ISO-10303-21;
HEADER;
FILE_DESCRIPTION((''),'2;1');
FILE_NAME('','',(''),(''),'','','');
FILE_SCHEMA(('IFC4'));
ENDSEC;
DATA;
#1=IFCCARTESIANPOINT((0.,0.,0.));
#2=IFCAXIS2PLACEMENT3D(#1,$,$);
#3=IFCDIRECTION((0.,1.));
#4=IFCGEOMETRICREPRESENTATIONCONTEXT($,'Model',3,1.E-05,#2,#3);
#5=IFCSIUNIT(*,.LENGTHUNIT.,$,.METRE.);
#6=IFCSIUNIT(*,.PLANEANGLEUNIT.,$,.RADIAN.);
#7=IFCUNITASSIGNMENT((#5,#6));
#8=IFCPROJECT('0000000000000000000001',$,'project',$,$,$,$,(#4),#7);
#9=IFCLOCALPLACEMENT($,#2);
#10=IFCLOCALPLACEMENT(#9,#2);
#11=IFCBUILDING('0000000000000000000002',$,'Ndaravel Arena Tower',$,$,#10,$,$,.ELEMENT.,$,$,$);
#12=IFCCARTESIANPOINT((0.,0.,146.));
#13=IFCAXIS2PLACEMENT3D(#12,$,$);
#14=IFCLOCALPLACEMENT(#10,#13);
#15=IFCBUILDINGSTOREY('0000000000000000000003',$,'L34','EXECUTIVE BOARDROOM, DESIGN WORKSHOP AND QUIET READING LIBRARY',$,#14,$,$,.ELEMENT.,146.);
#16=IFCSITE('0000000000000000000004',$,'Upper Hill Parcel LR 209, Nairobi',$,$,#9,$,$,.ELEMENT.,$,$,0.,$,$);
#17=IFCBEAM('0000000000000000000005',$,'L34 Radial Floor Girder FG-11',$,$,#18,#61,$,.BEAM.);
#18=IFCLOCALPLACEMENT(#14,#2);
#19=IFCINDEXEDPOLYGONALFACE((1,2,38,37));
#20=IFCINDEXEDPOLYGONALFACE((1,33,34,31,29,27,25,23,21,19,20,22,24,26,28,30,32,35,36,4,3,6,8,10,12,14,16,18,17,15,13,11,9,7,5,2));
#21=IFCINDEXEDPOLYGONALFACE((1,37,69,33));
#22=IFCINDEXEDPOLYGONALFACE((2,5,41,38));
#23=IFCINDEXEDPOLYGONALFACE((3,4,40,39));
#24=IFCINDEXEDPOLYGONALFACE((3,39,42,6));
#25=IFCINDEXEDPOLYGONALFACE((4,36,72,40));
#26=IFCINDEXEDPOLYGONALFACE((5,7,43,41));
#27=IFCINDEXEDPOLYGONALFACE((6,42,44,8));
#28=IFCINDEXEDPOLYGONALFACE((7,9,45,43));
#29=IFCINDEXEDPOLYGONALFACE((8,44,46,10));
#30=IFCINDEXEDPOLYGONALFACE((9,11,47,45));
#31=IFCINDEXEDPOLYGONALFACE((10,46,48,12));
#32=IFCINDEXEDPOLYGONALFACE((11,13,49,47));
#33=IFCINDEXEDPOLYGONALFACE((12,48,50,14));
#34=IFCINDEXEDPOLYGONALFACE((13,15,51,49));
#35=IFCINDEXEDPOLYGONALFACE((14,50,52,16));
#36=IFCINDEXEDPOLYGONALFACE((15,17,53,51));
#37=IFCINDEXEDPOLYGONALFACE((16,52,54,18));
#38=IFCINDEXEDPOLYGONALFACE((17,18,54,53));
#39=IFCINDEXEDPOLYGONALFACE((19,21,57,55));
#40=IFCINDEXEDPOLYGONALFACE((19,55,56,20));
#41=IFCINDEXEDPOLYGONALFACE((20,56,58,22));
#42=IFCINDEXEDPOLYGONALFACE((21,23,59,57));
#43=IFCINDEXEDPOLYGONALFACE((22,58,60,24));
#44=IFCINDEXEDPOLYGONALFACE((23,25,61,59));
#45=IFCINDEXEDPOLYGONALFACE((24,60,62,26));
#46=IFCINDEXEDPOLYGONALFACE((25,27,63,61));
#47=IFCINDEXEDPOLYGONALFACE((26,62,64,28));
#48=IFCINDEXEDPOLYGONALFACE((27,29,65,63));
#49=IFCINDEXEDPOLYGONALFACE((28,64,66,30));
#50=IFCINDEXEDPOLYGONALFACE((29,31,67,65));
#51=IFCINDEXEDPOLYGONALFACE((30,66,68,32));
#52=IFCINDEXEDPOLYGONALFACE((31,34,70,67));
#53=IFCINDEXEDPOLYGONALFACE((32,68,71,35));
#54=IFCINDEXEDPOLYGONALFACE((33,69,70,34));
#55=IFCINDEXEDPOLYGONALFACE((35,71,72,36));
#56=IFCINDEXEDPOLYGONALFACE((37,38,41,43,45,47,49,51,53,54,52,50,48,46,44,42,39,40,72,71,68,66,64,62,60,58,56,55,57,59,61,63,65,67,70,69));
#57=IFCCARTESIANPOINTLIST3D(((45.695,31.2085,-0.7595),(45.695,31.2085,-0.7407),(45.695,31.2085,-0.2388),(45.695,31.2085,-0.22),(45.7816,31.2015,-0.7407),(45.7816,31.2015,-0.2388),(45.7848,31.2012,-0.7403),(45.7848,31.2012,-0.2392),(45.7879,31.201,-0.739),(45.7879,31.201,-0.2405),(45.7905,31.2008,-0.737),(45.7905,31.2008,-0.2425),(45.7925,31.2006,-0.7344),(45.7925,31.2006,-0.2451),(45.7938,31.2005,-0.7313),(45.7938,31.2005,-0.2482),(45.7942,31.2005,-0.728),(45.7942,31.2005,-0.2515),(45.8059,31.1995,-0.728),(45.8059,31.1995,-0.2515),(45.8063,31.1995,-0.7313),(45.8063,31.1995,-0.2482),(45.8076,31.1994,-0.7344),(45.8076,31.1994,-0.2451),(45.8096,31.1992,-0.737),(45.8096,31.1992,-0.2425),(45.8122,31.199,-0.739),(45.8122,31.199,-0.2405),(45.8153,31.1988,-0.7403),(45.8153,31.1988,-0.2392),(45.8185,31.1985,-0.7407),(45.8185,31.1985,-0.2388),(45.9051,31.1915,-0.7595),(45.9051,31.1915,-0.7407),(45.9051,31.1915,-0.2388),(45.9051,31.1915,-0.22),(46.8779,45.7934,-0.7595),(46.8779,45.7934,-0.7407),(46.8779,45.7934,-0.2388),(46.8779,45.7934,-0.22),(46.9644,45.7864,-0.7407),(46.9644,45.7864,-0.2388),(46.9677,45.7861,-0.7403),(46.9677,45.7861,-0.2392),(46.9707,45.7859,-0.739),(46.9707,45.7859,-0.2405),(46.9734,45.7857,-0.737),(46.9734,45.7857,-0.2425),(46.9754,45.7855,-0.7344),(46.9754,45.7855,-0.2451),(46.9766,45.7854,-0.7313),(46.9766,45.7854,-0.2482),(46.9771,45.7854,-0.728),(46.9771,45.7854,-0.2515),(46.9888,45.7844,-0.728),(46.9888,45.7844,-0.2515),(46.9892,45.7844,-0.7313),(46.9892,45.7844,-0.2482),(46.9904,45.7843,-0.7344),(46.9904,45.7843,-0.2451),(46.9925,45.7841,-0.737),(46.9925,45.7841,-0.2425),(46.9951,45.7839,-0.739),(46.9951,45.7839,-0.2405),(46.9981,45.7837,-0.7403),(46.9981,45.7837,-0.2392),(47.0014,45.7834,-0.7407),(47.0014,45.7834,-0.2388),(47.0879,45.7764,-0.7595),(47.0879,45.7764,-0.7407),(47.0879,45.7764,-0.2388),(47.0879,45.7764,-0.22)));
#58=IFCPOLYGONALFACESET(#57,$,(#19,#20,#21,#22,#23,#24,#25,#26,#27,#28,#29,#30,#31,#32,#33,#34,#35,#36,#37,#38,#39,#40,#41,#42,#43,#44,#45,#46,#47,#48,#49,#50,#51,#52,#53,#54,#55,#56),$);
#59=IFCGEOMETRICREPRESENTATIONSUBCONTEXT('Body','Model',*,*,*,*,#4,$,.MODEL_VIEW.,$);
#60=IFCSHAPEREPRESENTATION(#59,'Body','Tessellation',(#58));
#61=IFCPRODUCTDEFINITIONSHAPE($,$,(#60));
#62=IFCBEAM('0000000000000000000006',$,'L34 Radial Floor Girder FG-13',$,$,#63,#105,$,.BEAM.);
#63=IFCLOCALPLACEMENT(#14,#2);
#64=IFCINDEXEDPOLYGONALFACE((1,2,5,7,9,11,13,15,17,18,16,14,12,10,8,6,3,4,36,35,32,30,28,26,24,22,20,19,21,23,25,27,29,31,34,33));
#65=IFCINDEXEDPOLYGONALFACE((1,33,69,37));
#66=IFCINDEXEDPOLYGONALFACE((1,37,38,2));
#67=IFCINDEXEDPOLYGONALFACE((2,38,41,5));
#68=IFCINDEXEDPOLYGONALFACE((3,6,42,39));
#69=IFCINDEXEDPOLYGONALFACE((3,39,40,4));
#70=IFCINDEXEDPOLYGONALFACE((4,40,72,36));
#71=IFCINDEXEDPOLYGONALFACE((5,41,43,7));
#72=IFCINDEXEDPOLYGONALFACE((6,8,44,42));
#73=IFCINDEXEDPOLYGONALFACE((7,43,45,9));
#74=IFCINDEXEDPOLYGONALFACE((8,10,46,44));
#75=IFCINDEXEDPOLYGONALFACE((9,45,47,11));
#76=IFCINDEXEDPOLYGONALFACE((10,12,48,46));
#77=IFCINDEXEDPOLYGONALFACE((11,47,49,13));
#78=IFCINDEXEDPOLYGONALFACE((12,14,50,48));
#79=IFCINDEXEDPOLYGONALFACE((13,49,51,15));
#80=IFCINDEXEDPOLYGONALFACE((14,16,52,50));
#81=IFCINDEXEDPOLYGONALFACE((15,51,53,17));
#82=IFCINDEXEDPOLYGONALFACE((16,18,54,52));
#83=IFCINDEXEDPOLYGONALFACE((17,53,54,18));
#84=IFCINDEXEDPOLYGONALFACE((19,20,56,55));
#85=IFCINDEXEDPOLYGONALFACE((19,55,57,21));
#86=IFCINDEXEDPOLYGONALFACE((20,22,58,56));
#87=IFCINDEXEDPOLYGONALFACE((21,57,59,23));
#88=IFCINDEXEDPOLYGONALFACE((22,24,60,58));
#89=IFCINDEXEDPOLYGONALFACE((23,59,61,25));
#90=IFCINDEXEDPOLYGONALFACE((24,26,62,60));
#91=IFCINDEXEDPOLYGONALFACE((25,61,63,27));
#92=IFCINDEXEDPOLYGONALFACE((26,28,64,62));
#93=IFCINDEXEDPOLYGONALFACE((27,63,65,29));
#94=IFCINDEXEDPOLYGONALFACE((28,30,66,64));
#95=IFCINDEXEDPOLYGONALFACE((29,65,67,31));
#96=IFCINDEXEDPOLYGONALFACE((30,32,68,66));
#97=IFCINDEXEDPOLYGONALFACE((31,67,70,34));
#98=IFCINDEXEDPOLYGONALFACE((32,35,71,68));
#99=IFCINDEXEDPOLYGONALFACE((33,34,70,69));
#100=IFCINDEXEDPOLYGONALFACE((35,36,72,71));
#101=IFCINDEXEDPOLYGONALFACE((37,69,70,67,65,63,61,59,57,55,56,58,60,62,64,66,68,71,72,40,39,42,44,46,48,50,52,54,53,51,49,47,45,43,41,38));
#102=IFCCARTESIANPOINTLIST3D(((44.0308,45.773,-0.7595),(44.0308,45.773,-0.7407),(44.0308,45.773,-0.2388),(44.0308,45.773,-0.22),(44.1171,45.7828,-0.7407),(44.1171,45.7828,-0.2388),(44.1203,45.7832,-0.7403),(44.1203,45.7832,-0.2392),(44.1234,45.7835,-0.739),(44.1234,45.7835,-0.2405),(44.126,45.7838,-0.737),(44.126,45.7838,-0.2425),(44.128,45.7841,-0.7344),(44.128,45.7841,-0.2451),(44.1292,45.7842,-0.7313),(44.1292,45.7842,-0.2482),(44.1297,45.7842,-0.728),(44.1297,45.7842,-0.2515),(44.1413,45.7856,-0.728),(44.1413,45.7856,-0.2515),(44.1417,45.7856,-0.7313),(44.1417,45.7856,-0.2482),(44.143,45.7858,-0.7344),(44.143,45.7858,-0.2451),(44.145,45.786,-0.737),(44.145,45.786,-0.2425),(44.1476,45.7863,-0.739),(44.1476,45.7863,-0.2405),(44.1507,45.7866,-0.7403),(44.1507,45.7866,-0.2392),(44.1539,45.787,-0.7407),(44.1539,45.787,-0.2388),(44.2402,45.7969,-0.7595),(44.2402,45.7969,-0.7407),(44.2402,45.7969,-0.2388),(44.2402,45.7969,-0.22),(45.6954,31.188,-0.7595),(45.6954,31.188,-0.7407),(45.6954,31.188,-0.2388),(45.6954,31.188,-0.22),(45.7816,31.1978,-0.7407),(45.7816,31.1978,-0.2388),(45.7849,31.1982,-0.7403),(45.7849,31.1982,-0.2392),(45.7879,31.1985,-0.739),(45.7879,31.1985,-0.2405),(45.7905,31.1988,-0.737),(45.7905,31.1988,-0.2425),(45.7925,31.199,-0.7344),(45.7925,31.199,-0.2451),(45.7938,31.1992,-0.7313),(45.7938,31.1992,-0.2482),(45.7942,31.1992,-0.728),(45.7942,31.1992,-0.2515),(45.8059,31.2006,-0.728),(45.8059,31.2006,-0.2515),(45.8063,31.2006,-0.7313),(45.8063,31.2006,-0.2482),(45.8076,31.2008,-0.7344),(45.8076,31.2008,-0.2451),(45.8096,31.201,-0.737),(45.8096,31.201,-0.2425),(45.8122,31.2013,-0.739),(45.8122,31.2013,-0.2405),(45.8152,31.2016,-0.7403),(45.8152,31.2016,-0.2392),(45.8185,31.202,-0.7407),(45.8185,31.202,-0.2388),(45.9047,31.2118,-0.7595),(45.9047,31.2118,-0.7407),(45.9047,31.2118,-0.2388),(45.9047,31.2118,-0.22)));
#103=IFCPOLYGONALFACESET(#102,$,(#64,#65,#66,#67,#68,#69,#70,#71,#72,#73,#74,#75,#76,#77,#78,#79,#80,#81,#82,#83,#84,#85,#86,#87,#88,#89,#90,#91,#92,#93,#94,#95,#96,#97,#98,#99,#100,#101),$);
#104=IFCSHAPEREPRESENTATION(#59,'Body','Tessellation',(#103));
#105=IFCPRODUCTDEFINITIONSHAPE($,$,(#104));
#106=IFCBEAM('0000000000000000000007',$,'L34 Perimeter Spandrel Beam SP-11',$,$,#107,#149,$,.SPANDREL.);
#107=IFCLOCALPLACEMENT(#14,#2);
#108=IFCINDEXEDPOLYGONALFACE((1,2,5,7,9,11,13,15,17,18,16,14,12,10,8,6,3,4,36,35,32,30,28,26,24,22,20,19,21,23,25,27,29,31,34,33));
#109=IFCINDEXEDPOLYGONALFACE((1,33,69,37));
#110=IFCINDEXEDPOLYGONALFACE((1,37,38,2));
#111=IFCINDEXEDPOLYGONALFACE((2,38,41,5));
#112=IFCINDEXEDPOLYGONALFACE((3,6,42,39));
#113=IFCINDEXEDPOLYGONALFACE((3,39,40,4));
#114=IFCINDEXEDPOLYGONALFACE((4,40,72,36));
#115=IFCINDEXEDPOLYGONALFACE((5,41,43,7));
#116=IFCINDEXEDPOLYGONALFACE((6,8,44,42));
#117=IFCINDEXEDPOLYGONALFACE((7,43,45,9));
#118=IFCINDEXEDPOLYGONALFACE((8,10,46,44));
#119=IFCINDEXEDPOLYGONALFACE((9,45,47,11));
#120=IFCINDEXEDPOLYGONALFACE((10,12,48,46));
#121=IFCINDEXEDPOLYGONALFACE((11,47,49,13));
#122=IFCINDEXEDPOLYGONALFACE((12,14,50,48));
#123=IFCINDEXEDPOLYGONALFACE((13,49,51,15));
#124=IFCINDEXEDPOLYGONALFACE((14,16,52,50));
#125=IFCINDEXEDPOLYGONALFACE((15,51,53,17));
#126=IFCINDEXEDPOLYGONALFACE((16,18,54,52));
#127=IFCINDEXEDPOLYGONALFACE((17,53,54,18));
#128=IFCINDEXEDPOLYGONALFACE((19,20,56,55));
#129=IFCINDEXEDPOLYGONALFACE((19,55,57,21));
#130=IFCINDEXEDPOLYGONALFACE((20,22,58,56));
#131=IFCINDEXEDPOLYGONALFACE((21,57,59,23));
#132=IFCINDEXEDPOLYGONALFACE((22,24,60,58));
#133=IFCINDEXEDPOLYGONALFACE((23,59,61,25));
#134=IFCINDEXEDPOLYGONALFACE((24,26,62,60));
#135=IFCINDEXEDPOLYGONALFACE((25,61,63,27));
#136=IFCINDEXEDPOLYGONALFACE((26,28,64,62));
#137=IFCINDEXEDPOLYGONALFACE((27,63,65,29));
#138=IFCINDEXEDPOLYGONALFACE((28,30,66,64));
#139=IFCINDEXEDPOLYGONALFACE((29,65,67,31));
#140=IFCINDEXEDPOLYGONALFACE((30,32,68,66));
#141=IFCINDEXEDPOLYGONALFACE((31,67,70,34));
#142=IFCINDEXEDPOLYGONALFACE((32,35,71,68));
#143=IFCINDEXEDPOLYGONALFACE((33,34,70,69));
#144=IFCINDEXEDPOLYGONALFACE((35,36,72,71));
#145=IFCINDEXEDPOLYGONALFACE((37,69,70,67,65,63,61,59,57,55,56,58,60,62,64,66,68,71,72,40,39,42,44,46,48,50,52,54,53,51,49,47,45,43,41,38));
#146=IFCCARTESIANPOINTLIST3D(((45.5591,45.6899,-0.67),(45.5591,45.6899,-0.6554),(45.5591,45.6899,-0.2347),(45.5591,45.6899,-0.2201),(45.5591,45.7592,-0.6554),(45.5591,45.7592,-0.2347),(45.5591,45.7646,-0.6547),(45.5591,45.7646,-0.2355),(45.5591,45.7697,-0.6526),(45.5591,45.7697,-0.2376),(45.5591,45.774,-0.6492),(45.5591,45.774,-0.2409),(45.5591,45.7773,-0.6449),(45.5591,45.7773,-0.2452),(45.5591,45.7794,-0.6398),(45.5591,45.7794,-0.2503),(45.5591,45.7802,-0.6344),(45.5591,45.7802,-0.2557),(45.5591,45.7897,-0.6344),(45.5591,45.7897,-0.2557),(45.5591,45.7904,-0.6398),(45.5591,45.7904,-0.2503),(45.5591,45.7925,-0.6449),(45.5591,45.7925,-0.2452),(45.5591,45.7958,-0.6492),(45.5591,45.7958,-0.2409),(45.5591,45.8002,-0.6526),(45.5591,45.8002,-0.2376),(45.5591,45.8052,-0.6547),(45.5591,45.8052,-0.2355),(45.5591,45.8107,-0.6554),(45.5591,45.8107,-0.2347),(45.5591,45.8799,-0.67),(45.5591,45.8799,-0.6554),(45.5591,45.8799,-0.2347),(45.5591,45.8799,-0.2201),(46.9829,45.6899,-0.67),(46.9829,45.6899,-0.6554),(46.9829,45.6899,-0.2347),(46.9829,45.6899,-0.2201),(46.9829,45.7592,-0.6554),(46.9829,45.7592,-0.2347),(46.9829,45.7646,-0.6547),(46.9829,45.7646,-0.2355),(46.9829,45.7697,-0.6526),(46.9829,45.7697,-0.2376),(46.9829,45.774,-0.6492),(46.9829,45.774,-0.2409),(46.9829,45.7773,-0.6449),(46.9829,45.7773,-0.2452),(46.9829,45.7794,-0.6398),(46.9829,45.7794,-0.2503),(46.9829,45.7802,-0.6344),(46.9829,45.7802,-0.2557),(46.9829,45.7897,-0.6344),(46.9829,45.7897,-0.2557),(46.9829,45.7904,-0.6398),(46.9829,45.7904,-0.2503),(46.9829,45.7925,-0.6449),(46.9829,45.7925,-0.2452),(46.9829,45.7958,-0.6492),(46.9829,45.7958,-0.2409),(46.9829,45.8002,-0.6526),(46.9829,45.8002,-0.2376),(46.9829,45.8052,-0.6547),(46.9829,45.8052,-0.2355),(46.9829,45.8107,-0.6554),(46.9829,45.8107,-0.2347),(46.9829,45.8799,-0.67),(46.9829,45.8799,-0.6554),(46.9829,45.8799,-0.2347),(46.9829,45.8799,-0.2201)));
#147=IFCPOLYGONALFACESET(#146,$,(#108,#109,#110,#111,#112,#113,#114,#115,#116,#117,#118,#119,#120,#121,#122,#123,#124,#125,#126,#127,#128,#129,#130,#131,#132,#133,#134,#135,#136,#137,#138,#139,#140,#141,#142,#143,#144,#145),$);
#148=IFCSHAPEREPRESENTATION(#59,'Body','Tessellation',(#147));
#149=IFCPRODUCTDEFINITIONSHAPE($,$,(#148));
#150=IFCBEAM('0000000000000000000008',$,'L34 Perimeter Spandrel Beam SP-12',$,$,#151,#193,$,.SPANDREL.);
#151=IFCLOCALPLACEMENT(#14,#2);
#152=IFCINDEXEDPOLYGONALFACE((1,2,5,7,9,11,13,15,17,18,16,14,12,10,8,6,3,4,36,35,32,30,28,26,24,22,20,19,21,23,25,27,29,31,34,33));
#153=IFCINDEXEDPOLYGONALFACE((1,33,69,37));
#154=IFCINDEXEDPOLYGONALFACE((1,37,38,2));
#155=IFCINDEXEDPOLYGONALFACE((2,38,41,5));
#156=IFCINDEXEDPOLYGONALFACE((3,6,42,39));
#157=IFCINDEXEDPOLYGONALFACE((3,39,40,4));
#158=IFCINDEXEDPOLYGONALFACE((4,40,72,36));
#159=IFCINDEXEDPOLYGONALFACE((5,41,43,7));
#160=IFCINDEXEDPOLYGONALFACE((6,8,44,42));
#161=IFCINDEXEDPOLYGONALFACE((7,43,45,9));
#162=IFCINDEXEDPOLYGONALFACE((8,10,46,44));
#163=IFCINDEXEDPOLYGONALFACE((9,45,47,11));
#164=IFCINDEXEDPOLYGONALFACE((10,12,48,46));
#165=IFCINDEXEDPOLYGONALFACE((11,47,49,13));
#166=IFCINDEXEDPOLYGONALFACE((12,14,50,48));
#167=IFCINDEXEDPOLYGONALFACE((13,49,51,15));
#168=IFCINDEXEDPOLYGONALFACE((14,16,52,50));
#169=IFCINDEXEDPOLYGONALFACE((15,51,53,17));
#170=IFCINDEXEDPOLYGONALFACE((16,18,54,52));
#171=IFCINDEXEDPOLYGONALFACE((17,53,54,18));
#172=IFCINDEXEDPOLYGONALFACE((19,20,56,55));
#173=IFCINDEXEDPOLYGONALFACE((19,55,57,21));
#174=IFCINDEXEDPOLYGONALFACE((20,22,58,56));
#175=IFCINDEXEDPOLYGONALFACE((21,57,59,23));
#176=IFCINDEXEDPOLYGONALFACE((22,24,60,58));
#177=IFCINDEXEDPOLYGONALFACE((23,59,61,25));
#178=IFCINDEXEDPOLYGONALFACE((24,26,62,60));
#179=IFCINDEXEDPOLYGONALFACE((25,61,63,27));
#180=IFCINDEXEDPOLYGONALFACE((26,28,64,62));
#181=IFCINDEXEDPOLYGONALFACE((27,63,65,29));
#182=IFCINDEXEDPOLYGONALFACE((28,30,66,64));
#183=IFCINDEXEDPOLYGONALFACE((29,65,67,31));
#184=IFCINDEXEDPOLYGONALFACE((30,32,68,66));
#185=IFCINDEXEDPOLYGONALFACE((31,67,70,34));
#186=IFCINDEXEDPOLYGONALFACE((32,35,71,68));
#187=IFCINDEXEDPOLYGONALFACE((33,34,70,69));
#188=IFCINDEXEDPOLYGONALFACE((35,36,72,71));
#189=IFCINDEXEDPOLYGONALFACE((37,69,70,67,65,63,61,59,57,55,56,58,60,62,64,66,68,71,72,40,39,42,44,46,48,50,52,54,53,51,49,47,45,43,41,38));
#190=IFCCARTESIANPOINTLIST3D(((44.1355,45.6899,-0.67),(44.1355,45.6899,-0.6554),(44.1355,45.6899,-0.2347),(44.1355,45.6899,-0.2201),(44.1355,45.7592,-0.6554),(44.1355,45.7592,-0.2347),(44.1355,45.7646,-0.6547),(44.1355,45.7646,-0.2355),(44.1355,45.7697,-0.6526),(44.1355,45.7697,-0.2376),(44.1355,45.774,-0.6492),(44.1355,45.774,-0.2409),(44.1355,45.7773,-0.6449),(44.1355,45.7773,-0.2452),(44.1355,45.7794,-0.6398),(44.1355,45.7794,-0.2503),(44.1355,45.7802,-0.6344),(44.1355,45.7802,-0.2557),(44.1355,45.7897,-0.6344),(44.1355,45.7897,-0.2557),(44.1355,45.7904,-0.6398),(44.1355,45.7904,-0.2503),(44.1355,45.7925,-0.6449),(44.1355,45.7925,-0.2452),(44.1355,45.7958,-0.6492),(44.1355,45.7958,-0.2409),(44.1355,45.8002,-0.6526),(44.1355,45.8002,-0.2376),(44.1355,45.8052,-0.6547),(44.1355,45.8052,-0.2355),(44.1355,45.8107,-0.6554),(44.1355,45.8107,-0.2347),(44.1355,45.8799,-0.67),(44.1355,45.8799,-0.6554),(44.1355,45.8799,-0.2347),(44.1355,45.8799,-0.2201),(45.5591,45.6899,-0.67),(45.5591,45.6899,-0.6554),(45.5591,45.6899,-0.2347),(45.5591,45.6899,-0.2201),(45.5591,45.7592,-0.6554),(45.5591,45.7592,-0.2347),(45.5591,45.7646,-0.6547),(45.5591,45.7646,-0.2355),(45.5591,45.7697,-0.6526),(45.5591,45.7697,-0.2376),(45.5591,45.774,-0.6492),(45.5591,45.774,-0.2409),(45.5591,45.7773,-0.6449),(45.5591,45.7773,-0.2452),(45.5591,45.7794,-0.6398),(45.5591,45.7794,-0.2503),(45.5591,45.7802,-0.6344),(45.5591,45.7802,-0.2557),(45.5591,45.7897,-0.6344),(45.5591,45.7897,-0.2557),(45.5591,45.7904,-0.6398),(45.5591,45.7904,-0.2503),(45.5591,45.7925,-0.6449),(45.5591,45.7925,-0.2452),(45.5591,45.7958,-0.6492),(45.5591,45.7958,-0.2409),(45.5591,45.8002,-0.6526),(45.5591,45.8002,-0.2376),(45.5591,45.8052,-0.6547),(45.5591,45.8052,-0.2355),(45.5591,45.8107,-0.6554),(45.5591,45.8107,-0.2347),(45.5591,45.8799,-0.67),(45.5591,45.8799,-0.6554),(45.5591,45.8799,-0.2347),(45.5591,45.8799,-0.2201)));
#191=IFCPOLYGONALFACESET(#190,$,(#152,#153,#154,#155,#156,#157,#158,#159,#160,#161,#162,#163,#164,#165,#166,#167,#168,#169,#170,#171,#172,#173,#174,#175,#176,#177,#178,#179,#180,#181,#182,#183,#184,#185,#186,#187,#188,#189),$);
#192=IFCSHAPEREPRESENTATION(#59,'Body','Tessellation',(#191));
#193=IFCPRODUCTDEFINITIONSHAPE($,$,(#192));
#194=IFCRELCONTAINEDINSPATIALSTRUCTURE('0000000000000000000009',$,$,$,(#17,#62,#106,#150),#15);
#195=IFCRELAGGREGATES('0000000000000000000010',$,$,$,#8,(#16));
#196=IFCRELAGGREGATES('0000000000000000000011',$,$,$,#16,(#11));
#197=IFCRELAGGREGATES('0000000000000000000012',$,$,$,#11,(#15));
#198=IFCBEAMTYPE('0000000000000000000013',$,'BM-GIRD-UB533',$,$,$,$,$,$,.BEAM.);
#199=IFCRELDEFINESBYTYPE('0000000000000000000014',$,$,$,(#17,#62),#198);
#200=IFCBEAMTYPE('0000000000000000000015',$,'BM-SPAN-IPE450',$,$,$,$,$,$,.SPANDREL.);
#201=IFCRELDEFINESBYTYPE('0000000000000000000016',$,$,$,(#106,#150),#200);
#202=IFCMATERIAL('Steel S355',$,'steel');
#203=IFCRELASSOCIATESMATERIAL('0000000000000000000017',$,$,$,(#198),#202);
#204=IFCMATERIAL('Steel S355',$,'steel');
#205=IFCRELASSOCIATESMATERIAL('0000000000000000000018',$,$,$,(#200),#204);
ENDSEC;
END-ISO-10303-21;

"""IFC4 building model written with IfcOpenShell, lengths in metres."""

from ifc_helpers import new_model, si_unit, direction, frame, origin, origin_2d, place, context, subcontext, project, spatial, i_section, extrude, material, material_profile, profile_set, type_object, element, save


model = new_model("IFC4")

# Units and contexts
model_context = context("Model", 3, precision=1e-05, world=origin(), true_north=direction((0.0, 1.0)))
body_context = subcontext(model_context, "Body", "Model", "MODEL_VIEW")
ifc_project = project(units=[si_unit("LENGTHUNIT", "METRE"), si_unit("PLANEANGLEUNIT", "RADIAN")], contexts=[model_context])

# Site, building, storey
site_placement = place(None, origin())
site = spatial("IfcSite", under=ifc_project, at=site_placement, Name="Upper Hill Parcel LR 209, Nairobi", CompositionType="ELEMENT", RefElevation=0.0)
building_placement = place(site_placement, origin())
building = spatial("IfcBuilding", under=site, at=building_placement, Name="Ndaravel Arena Tower", CompositionType="ELEMENT")
storey_placement = place(building_placement, frame((0.0, 0.0, 146.0)))
storey = spatial("IfcBuildingStorey", under=building, at=storey_placement, Name="L34", Description="EXECUTIVE BOARDROOM, DESIGN WORKSHOP AND QUIET READING LIBRARY", CompositionType="ELEMENT", Elevation=146.0)

# Beams
ifc_material_1 = material(Name="Steel S355", Category="steel")
ifc_material_profile_1 = material_profile(ifc_material_1, i_section(OverallWidth=0.2107, OverallDepth=0.5396, WebThickness=0.0117, FlangeThickness=0.0188, FilletRadius=0.0127, at=origin_2d()), Name="UB 533x210x109")
ifc_profile_set_1 = profile_set([ifc_material_profile_1], Name="Steel S355")
beam_type_1 = type_object("IfcBeamType", Name="BM-GIRD-UB533", PredefinedType="BEAM", material=ifc_profile_set_1)
beam_1_placement = place(storey_placement, frame((46.9829, 45.7849, -0.4897), z_axis=(-0.080836, -0.996727, 0.0), x_axis=(0.996727, -0.080836, 0.0)))
element("IfcBeam", 1, at=beam_1_placement, inside=storey, type_object=beam_type_1, Name="L34 Radial Floor Girder FG-11", PredefinedType="BEAM", context=body_context, shape_type="SweptSolid", body=[
    extrude(i_section(OverallWidth=0.2107, OverallDepth=0.5396, WebThickness=0.0117, FlangeThickness=0.0188, FilletRadius=0.0127, at=origin_2d()), origin(), (0.0, 0.0, 1.0), 14.6328),
])
beam_2_placement = place(storey_placement, frame((44.1355, 45.7849, -0.4897), z_axis=(0.113392, -0.99355, 0.0), x_axis=(0.99355, 0.113392, 0.0)))
element("IfcBeam", 2, at=beam_2_placement, inside=storey, type_object=beam_type_1, Name="L34 Radial Floor Girder FG-13", PredefinedType="BEAM", context=body_context, shape_type="SweptSolid", body=[
    extrude(i_section(OverallWidth=0.2107, OverallDepth=0.5396, WebThickness=0.0117, FlangeThickness=0.0188, FilletRadius=0.0127, at=origin_2d()), origin(), (0.0, 0.0, 1.0), 14.6797),
])
ifc_material_2 = material(Name="Steel S355", Category="steel")
ifc_material_profile_2 = material_profile(ifc_material_2, i_section(OverallWidth=0.1899, OverallDepth=0.45, WebThickness=0.0095, FlangeThickness=0.0146, FilletRadius=0.021, at=origin_2d()), Name="IPE 450")
ifc_profile_set_2 = profile_set([ifc_material_profile_2], Name="Steel S355")
beam_type_2 = type_object("IfcBeamType", Name="BM-SPAN-IPE450", PredefinedType="SPANDREL", material=ifc_profile_set_2)
beam_3_placement = place(storey_placement, frame((46.9829, 45.7849, -0.4451), z_axis=(-1.0, 0.0, 0.0), x_axis=(0.0, -1.0, 0.0)))
element("IfcBeam", 3, at=beam_3_placement, inside=storey, type_object=beam_type_2, Name="L34 Perimeter Spandrel Beam SP-11", PredefinedType="SPANDREL", context=body_context, shape_type="SweptSolid", body=[
    extrude(i_section(OverallWidth=0.1899, OverallDepth=0.45, WebThickness=0.0095, FlangeThickness=0.0146, FilletRadius=0.021, at=origin_2d()), origin(), (0.0, 0.0, 1.0), 1.4238),
])
for number, where, z_axis, x_axis, name in (
    (4, (45.5591, 45.7849, -0.4451), (-1.0, 0.0, 0.0), (0.0, -1.0, 0.0), "L34 Perimeter Spandrel Beam SP-12"),
):
    element("IfcBeam", number, at=place(storey_placement, frame(where, z_axis=z_axis, x_axis=x_axis)), inside=storey, type_object=beam_type_2, Name=name, PredefinedType="SPANDREL", context=body_context, shape_type="SweptSolid", body=[
        extrude(i_section(OverallWidth=0.1899, OverallDepth=0.45, WebThickness=0.0095, FlangeThickness=0.0146, FilletRadius=0.021, at=origin_2d()), origin(), (0.0, 0.0, 1.0), 1.4236),
    ])

save(model, "model.ifc")
